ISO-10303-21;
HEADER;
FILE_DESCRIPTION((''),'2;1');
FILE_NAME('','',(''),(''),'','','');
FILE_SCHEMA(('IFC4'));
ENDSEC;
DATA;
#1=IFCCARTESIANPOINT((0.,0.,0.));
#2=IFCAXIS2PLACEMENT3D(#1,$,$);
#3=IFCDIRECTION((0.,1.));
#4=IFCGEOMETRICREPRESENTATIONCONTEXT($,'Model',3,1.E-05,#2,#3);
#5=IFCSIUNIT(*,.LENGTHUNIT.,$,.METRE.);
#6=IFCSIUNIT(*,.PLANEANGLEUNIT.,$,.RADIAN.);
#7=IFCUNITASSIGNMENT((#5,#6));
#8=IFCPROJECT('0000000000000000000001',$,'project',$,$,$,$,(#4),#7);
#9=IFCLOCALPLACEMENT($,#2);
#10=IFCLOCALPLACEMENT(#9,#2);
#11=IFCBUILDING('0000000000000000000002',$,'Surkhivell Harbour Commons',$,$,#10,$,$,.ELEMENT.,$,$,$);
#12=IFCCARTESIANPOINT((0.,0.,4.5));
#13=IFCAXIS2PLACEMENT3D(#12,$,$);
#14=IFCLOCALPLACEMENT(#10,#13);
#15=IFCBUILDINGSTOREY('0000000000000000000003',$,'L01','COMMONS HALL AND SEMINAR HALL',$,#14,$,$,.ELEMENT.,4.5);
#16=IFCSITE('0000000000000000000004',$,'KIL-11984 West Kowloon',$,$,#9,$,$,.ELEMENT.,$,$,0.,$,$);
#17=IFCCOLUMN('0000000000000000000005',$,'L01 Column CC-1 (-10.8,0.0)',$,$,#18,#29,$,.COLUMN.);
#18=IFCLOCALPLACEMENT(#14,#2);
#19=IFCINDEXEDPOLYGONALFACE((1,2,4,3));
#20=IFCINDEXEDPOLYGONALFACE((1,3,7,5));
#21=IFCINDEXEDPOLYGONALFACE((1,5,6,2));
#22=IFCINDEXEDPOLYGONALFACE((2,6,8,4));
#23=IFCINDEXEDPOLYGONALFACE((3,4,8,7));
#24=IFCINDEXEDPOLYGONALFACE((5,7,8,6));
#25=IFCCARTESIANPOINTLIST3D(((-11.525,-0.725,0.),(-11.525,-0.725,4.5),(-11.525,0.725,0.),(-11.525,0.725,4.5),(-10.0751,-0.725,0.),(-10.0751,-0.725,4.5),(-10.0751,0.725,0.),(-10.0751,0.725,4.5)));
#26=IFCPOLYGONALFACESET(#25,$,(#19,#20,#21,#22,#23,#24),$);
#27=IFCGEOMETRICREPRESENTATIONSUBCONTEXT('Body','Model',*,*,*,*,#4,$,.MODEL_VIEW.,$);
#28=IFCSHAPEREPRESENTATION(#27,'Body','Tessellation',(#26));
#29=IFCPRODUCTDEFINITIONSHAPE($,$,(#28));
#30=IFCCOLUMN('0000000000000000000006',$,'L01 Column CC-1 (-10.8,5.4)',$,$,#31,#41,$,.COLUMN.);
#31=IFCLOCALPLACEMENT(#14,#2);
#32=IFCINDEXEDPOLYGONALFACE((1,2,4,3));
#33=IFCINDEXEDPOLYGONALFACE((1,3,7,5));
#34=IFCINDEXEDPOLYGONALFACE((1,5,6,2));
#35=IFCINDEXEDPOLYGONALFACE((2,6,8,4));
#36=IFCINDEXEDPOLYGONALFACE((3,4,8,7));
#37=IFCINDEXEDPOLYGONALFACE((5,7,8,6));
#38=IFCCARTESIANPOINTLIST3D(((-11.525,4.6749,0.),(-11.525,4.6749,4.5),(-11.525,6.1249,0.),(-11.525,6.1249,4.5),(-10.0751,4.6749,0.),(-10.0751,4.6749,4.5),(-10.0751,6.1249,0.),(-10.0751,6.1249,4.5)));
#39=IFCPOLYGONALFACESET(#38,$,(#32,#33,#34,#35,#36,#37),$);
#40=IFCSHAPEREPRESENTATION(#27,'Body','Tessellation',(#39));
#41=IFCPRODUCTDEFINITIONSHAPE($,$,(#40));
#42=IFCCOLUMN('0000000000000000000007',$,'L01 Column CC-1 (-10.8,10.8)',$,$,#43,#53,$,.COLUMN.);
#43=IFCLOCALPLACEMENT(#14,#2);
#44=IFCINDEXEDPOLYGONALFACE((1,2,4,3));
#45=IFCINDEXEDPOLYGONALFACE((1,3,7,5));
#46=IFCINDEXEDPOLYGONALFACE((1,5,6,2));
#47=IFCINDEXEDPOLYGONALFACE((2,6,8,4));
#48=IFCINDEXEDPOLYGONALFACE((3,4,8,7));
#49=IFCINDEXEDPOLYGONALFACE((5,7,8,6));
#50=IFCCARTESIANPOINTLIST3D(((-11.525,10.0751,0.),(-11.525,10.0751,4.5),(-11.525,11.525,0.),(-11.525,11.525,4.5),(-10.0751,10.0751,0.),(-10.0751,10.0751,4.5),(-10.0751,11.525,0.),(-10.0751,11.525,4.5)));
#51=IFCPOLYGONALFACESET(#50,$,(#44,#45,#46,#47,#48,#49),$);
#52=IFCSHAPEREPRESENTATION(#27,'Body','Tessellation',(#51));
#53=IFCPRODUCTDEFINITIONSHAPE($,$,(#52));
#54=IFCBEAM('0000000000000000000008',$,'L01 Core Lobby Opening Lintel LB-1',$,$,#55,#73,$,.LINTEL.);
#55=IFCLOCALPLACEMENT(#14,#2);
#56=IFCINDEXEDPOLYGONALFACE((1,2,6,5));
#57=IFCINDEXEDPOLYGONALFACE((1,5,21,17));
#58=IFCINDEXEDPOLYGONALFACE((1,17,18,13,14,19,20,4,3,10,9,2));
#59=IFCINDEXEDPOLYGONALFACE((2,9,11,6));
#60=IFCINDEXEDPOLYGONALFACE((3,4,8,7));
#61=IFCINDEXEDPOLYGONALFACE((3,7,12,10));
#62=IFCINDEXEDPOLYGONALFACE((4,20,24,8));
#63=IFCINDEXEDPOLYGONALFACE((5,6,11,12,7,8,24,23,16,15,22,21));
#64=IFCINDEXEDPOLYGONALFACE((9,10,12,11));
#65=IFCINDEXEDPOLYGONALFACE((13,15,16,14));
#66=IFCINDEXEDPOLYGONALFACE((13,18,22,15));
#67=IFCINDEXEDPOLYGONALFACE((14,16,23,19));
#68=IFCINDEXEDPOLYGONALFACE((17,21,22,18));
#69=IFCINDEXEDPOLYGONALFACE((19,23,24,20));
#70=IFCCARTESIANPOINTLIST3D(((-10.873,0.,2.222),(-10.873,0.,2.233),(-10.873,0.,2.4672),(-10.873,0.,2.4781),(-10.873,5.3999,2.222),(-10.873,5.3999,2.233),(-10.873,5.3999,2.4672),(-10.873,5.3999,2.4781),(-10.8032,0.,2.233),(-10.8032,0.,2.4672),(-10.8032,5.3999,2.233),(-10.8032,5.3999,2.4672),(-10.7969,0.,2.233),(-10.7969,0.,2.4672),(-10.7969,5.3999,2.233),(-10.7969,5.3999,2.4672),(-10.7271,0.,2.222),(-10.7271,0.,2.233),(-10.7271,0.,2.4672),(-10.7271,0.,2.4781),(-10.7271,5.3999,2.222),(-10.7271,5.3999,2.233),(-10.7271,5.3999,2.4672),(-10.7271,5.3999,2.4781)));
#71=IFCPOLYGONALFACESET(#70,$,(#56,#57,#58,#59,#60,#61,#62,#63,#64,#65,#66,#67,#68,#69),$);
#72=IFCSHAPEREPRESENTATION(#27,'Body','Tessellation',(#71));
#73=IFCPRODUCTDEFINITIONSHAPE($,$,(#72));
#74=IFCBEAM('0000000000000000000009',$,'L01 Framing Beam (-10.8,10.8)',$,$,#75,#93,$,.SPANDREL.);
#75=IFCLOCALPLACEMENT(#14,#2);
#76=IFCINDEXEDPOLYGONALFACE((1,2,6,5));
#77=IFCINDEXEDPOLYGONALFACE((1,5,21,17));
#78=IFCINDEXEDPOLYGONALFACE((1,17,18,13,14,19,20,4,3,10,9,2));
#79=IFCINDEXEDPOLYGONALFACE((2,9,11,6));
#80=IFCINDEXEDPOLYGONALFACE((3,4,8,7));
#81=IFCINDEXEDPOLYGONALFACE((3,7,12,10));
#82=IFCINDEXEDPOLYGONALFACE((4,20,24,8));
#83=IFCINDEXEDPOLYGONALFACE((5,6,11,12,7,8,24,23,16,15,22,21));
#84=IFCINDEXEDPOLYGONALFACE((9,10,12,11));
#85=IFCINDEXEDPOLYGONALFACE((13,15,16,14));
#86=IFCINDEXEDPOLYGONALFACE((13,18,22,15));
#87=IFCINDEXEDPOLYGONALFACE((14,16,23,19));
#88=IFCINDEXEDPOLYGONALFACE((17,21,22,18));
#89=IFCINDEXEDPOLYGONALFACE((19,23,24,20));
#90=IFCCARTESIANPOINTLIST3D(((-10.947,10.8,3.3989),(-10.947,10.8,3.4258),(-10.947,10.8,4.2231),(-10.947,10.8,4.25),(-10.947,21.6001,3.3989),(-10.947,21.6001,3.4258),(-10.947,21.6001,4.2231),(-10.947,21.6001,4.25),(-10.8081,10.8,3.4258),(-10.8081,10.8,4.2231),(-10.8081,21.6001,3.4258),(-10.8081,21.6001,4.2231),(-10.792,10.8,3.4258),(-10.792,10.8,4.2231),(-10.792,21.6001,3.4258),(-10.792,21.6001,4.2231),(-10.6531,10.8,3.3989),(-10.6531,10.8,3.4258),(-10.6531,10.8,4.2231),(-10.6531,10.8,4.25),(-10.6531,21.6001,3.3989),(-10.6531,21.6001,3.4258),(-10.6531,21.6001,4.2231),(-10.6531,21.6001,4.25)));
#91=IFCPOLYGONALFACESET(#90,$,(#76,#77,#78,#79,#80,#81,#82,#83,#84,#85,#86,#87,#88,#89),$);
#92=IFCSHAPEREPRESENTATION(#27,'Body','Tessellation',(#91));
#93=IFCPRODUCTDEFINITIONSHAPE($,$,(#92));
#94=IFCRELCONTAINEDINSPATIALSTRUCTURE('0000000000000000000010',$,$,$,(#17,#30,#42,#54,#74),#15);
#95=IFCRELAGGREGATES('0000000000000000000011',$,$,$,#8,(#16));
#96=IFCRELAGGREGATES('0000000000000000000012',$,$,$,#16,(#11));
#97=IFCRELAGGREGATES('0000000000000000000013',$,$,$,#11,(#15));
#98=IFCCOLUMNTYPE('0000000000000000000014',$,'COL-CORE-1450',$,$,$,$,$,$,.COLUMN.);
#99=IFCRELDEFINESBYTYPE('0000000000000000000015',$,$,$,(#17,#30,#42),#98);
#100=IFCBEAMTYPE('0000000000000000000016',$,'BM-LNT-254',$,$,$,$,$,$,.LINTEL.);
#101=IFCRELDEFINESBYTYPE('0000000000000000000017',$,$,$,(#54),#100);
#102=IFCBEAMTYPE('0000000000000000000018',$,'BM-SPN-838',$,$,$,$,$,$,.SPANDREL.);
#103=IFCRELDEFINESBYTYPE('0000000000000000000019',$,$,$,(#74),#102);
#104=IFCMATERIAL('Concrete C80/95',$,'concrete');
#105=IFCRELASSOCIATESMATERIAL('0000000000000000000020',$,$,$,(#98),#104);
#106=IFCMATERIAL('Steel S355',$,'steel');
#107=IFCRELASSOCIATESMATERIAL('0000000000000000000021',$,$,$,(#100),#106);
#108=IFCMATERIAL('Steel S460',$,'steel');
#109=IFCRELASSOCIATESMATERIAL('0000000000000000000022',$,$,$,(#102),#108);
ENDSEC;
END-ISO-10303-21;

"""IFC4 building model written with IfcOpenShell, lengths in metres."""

from ifc_helpers import new_model, si_unit, direction, frame, origin, origin_2d, place, context, subcontext, project, spatial, rectangle, i_section, extrude, material, material_profile, profile_set, type_object, element, save


model = new_model("IFC4")

# Units and contexts
model_context = context("Model", 3, precision=1e-05, world=origin(), true_north=direction((0.0, 1.0)))
body_context = subcontext(model_context, "Body", "Model", "MODEL_VIEW")
ifc_project = project(units=[si_unit("LENGTHUNIT", "METRE"), si_unit("PLANEANGLEUNIT", "RADIAN")], contexts=[model_context])

# Site, building, storey
site_placement = place(None, origin())
site = spatial("IfcSite", under=ifc_project, at=site_placement, Name="KIL-11984 West Kowloon", CompositionType="ELEMENT", RefElevation=0.0)
building_placement = place(site_placement, origin())
building = spatial("IfcBuilding", under=site, at=building_placement, Name="Surkhivell Harbour Commons", CompositionType="ELEMENT")
storey_placement = place(building_placement, frame((0.0, 0.0, 4.5)))
storey = spatial("IfcBuildingStorey", under=building, at=storey_placement, Name="L01", Description="COMMONS HALL AND SEMINAR HALL", CompositionType="ELEMENT", Elevation=4.5)

# Columns
ifc_material_1 = material(Name="Concrete C80/95", Category="concrete")
ifc_material_profile_1 = material_profile(ifc_material_1, rectangle(XDim=1.45, YDim=1.45, at=origin_2d()), Name="RC-COL-1450x1450")
ifc_profile_set_1 = profile_set([ifc_material_profile_1], Name="Concrete C80/95")
column_type = type_object("IfcColumnType", Name="COL-CORE-1450", PredefinedType="COLUMN", material=ifc_profile_set_1)
for number, where, z_axis, x_axis, name in (
    (1, (-10.8, 0.0, 0.0), (0.0, 0.0, 1.0), (1.0, 0.0, 0.0), "L01 Column CC-1 (-10.8,0.0)"),
    (2, (-10.8, 5.3999, 0.0), (0.0, 0.0, 1.0), (1.0, 0.0, 0.0), "L01 Column CC-1 (-10.8,5.4)"),
    (3, (-10.8, 10.8, 0.0), (0.0, 0.0, 1.0), (1.0, 0.0, 0.0), "L01 Column CC-1 (-10.8,10.8)"),
):
    element("IfcColumn", number, at=place(storey_placement, frame(where, z_axis=z_axis, x_axis=x_axis)), inside=storey, type_object=column_type, Name=name, PredefinedType="COLUMN", context=body_context, shape_type="SweptSolid", body=[
        extrude(rectangle(XDim=1.45, YDim=1.45, at=origin_2d()), origin(), (0.0, 0.0, 1.0), 4.5),
    ])

# Beams
ifc_material_2 = material(Name="Steel S355", Category="steel")
ifc_material_profile_2 = material_profile(ifc_material_2, i_section(OverallWidth=0.146, OverallDepth=0.2561, WebThickness=0.0063, FlangeThickness=0.011, at=origin_2d()), Name="UB254x146x37")
ifc_profile_set_2 = profile_set([ifc_material_profile_2], Name="Steel S355")
beam_type_1 = type_object("IfcBeamType", Name="BM-LNT-254", PredefinedType="LINTEL", material=ifc_profile_set_2)
beam_1_placement = place(storey_placement, frame((-10.8, 0.0, 2.3501), z_axis=(0.0, 1.0, 0.0), x_axis=(-1.0, 0.0, 0.0)))
element("IfcBeam", 4, at=beam_1_placement, inside=storey, type_object=beam_type_1, Name="L01 Core Lobby Opening Lintel LB-1", PredefinedType="LINTEL", context=body_context, shape_type="SweptSolid", body=[
    extrude(i_section(OverallWidth=0.146, OverallDepth=0.2561, WebThickness=0.0063, FlangeThickness=0.011, at=origin_2d()), origin(), (0.0, 0.0, 1.0), 5.3999),
])
ifc_material_3 = material(Name="Steel S460", Category="steel")
ifc_material_profile_3 = material_profile(ifc_material_3, i_section(OverallWidth=0.2939, OverallDepth=0.8511, WebThickness=0.0161, FlangeThickness=0.0269, at=origin_2d()), Name="UB838x292x226")
ifc_profile_set_3 = profile_set([ifc_material_profile_3], Name="Steel S460")
beam_type_2 = type_object("IfcBeamType", Name="BM-SPN-838", PredefinedType="SPANDREL", material=ifc_profile_set_3)
beam_2_placement = place(storey_placement, frame((-10.8, 10.8, 3.8245), z_axis=(0.0, 1.0, 0.0), x_axis=(-1.0, 0.0, 0.0)))
element("IfcBeam", 5, at=beam_2_placement, inside=storey, type_object=beam_type_2, Name="L01 Framing Beam (-10.8,10.8)", PredefinedType="SPANDREL", context=body_context, shape_type="SweptSolid", body=[
    extrude(i_section(OverallWidth=0.2939, OverallDepth=0.8511, WebThickness=0.0161, FlangeThickness=0.0269, at=origin_2d()), origin(), (0.0, 0.0, 1.0), 10.8),
])

save(model, "model.ifc")
